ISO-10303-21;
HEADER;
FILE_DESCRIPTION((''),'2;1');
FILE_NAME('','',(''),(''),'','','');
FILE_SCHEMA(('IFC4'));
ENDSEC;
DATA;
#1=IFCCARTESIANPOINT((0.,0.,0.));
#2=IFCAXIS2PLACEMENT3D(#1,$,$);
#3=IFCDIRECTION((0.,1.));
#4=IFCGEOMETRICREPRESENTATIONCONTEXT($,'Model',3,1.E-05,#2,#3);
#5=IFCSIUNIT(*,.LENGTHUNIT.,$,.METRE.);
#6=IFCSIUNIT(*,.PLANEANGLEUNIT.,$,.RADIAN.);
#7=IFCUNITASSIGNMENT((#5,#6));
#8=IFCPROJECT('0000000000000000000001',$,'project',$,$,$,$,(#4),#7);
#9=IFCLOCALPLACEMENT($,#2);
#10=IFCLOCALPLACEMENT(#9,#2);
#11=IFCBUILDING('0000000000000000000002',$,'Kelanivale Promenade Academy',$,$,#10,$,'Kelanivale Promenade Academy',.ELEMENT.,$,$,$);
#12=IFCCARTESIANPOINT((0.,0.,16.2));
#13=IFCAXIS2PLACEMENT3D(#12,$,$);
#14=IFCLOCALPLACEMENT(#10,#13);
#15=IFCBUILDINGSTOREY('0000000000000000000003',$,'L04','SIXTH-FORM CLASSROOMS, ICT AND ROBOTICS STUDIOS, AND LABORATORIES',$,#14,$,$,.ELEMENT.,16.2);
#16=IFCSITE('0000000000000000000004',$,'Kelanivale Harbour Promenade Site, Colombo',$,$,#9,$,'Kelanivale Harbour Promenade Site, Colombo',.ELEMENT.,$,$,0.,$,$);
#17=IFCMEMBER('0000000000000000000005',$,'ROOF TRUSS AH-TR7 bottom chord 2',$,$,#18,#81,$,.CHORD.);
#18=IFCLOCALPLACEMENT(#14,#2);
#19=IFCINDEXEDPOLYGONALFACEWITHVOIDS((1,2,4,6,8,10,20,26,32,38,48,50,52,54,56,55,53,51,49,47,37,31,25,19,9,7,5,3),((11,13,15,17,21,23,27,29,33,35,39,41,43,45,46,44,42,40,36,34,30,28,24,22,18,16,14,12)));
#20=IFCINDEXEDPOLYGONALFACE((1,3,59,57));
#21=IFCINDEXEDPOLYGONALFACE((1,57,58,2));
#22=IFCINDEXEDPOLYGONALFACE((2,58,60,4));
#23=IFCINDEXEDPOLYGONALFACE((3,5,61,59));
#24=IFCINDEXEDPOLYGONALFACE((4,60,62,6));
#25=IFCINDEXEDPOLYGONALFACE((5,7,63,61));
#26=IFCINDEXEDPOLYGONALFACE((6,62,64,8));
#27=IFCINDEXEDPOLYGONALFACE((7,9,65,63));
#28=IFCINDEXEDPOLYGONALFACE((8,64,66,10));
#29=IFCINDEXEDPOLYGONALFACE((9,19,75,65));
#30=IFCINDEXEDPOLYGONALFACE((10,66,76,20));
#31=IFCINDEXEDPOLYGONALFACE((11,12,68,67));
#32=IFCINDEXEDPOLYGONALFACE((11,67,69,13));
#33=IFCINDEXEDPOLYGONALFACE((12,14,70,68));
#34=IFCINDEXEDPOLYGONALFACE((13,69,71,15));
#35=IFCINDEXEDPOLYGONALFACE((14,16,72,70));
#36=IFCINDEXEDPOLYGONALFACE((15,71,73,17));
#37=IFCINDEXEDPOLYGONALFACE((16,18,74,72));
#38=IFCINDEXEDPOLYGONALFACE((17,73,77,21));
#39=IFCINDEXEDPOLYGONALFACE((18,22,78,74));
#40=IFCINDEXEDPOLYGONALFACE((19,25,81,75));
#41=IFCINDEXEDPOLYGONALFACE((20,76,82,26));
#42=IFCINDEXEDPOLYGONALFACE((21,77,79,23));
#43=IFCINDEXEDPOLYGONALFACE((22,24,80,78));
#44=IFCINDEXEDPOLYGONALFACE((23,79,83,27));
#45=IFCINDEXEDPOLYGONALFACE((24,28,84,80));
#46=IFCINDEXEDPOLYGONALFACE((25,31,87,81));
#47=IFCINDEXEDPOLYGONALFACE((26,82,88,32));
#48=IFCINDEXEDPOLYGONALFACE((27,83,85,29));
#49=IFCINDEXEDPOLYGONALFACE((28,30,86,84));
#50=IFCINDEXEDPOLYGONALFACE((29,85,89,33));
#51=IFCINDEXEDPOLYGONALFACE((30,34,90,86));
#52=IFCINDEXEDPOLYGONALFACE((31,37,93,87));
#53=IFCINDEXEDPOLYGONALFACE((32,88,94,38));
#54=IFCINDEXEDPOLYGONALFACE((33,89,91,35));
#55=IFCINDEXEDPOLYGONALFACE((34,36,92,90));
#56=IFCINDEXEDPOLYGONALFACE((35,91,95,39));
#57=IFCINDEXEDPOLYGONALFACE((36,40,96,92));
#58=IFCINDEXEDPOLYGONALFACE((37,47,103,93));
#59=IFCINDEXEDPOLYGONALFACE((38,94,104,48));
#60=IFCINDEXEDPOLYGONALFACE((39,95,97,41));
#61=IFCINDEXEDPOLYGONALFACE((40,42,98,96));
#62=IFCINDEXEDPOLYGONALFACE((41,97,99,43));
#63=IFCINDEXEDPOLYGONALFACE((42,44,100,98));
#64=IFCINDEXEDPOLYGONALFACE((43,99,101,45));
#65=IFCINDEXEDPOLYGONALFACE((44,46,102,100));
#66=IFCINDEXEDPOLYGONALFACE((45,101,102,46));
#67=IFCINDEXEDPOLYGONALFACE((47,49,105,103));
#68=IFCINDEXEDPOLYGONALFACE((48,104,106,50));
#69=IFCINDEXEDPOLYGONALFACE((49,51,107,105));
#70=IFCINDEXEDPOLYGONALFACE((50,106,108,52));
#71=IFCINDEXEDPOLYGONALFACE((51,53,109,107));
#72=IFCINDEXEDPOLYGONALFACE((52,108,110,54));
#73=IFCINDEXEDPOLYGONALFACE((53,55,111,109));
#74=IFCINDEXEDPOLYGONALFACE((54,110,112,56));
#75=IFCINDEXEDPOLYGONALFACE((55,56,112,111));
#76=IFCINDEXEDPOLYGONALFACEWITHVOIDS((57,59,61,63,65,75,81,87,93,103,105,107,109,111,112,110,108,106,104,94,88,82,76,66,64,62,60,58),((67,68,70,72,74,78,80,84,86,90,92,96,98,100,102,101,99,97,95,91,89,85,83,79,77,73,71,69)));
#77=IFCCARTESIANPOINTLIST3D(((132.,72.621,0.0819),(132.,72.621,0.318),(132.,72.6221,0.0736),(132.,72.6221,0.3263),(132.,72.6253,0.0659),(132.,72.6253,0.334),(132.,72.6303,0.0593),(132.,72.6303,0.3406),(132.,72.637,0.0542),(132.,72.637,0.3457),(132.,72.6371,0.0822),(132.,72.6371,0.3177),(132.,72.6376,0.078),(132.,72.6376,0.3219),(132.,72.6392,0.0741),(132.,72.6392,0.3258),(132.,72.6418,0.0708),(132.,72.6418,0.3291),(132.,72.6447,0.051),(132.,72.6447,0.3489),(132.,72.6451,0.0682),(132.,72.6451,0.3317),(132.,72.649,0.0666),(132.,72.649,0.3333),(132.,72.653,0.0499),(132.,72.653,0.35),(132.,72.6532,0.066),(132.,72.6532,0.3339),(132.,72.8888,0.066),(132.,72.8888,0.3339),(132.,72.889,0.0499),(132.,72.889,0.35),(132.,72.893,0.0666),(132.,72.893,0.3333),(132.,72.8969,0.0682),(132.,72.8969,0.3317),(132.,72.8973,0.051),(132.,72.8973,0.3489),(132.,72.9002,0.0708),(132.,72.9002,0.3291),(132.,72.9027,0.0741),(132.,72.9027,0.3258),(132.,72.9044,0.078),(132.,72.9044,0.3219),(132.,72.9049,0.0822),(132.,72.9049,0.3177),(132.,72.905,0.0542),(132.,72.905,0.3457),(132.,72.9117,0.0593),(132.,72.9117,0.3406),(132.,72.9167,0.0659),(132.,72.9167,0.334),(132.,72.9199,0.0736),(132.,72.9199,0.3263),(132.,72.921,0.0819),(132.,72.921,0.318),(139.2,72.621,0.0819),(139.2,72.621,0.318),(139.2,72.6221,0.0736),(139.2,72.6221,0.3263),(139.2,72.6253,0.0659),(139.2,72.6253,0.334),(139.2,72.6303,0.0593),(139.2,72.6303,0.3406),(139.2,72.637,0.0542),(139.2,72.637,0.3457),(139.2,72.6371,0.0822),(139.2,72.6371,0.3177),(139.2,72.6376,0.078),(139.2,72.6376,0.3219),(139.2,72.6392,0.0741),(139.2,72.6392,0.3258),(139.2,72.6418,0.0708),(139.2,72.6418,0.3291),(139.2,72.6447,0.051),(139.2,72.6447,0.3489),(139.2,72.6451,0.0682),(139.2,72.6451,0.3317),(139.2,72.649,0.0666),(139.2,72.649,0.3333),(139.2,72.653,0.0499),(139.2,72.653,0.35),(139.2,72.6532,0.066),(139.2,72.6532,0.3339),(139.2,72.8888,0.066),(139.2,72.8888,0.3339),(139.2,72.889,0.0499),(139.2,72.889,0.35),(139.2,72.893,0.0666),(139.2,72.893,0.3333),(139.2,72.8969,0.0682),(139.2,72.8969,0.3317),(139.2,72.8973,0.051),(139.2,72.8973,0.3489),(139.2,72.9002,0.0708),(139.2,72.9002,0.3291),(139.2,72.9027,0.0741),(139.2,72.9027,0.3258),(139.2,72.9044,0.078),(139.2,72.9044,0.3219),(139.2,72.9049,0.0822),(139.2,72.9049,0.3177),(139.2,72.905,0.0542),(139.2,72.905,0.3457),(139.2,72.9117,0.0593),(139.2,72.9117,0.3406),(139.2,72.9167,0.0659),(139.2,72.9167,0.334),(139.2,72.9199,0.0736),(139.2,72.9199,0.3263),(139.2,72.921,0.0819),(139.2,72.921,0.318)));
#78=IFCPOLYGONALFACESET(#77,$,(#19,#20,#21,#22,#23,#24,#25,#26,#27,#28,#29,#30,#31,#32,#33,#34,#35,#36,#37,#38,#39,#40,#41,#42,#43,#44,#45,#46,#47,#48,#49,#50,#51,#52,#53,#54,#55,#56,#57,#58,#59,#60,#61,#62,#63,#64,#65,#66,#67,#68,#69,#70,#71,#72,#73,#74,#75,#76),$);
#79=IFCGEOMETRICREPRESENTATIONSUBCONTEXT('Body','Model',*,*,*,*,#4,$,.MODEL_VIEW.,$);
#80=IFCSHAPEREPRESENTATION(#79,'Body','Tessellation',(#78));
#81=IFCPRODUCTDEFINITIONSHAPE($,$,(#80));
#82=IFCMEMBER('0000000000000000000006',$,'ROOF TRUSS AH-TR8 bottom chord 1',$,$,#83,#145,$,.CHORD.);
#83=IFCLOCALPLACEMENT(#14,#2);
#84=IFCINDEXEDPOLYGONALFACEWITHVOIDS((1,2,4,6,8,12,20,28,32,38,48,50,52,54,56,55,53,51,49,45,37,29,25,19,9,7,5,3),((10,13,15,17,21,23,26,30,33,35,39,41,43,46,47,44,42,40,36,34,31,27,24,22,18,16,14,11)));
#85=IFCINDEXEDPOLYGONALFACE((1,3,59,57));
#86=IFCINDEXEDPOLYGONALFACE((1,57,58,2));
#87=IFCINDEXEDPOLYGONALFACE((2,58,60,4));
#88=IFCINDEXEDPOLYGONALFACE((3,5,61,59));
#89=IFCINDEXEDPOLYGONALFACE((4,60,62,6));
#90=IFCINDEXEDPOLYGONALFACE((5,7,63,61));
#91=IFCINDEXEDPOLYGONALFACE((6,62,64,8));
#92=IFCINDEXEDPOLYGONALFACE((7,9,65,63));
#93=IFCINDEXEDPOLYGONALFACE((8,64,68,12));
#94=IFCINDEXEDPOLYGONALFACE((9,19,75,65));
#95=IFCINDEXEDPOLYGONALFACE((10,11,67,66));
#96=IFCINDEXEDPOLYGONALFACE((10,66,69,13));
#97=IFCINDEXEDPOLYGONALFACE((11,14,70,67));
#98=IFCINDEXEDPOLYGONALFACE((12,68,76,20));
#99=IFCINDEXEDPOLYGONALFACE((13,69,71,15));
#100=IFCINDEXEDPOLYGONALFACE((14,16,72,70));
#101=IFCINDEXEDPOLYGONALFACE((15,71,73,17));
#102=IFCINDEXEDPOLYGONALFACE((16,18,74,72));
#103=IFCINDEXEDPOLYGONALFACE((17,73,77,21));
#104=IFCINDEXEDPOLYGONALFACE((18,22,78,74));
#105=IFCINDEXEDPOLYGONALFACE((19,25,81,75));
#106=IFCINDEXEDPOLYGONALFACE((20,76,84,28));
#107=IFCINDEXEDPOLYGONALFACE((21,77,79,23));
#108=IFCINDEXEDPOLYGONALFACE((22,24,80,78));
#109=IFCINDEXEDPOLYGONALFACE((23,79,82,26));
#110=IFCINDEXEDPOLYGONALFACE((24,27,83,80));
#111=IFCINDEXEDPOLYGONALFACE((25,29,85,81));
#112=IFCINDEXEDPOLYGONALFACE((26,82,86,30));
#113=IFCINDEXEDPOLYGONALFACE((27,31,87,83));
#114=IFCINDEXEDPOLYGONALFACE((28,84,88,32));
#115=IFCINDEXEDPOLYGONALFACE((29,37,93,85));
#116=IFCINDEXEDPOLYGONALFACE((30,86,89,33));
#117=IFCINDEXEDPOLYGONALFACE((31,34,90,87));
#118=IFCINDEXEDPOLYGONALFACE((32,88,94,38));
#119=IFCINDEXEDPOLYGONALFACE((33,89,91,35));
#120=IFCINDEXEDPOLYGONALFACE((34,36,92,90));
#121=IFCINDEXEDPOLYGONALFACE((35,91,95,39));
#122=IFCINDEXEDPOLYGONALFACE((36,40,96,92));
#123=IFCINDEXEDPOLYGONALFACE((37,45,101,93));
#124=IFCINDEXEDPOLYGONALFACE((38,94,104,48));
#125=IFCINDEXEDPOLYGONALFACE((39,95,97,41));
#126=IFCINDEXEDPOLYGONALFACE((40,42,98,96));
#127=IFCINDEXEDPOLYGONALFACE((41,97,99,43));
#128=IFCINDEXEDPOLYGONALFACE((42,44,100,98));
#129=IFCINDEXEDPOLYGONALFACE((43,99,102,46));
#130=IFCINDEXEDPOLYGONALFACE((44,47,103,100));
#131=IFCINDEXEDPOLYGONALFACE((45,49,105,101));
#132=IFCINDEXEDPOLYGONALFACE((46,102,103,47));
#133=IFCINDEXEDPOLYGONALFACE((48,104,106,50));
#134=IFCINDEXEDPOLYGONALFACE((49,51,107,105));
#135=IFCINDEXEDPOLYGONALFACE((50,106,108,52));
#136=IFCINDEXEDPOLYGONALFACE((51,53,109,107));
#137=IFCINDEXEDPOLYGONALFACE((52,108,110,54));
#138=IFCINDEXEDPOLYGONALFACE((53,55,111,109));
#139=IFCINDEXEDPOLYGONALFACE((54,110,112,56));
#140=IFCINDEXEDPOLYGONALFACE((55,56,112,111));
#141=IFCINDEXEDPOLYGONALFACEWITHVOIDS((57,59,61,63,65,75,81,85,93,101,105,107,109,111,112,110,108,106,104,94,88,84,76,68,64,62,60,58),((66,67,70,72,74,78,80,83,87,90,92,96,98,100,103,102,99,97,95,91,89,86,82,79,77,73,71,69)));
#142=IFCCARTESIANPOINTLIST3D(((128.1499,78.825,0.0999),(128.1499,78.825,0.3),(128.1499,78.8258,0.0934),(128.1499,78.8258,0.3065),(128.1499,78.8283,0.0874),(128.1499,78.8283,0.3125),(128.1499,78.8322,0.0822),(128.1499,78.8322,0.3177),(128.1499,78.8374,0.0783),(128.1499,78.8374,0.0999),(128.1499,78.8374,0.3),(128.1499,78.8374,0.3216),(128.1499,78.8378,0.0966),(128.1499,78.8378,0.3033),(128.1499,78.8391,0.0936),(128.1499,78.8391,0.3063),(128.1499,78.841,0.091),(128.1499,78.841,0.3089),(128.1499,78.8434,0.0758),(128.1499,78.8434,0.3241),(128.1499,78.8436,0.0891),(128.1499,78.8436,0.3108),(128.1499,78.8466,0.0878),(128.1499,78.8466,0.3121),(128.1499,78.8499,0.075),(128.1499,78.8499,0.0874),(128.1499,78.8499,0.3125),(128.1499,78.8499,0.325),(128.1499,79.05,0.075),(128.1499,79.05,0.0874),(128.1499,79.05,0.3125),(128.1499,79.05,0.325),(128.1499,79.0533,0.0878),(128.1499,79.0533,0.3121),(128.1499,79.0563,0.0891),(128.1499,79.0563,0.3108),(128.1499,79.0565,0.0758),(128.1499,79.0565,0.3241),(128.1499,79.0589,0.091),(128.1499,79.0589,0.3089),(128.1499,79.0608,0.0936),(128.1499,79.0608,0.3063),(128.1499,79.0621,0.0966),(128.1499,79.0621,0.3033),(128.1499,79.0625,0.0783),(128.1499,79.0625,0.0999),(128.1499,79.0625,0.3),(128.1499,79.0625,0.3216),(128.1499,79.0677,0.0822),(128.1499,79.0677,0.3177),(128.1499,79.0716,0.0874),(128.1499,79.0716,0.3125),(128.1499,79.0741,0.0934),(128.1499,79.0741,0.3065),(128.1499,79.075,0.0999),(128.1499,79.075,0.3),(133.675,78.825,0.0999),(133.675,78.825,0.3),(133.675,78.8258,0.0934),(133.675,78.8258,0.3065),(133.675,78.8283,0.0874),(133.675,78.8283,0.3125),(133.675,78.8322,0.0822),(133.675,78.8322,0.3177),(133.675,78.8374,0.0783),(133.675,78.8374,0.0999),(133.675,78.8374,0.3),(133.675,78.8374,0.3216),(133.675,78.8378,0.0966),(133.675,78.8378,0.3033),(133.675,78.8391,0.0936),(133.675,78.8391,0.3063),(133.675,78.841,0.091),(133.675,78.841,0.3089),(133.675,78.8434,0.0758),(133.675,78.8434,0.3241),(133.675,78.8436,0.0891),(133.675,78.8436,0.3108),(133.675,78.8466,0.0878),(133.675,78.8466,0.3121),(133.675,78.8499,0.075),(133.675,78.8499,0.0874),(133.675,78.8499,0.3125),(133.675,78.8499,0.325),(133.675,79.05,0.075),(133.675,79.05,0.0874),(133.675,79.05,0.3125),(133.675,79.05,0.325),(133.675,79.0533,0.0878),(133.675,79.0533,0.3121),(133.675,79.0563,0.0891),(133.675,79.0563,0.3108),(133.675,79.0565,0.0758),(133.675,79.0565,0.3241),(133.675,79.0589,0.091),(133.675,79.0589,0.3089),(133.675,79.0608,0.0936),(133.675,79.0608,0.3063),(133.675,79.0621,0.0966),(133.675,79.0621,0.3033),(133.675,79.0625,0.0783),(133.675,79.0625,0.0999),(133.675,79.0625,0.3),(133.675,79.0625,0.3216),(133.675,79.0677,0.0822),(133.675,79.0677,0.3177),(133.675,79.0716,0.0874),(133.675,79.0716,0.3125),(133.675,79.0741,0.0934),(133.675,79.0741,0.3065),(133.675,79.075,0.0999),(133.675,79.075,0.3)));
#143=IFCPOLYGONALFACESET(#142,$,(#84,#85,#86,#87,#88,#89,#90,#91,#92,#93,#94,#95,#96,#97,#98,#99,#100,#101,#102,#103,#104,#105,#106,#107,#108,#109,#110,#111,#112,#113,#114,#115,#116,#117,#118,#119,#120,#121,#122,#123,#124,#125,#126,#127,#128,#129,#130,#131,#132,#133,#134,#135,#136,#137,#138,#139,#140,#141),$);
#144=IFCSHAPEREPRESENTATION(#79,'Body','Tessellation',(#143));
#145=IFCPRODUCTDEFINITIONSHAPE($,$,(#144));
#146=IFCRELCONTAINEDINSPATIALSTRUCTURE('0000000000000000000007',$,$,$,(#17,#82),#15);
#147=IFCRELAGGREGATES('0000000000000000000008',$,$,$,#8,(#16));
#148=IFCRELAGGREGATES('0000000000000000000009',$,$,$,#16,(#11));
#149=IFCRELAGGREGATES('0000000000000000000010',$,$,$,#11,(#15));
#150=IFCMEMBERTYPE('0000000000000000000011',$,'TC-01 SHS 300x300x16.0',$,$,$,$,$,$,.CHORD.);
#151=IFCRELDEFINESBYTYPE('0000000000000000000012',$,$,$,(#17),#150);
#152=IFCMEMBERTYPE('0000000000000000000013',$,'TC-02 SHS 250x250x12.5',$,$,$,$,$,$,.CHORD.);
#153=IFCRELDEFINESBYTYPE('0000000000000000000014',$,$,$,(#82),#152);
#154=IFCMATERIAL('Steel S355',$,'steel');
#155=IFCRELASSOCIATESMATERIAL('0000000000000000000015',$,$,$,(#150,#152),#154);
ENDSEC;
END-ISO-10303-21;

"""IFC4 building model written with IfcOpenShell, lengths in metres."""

from ifc_helpers import new_model, si_unit, direction, frame, origin, origin_2d, place, context, subcontext, project, spatial, hollow_rectangle, extrude, material, material_profile, profile_set, type_object, element, save


model = new_model("IFC4")

# Units and contexts
model_context = context("Model", 3, precision=1e-05, world=origin(), true_north=direction((0.0, 1.0)))
body_context = subcontext(model_context, "Body", "Model", "MODEL_VIEW")
ifc_project = project(units=[si_unit("LENGTHUNIT", "METRE"), si_unit("PLANEANGLEUNIT", "RADIAN")], contexts=[model_context])

# Site, building, storey
site_placement = place(None, origin())
site = spatial("IfcSite", under=ifc_project, at=site_placement, Name="Kelanivale Harbour Promenade Site, Colombo", LongName="Kelanivale Harbour Promenade Site, Colombo", CompositionType="ELEMENT", RefElevation=0.0)
building_placement = place(site_placement, origin())
building = spatial("IfcBuilding", under=site, at=building_placement, Name="Kelanivale Promenade Academy", LongName="Kelanivale Promenade Academy", CompositionType="ELEMENT")
storey_placement = place(building_placement, frame((0.0, 0.0, 16.2)))
storey = spatial("IfcBuildingStorey", under=building, at=storey_placement, Name="L04", Description="SIXTH-FORM CLASSROOMS, ICT AND ROBOTICS STUDIOS, AND LABORATORIES", CompositionType="ELEMENT", Elevation=16.2)

# Members
ifc_material_1 = material(Name="Steel S355", Category="steel")
ifc_material_profile_1 = material_profile(ifc_material_1, hollow_rectangle(XDim=0.3, YDim=0.3, WallThickness=0.0161, InnerFilletRadius=0.0161, OuterFilletRadius=0.032, at=origin_2d()), Name="SHS 300x300x16.0")
ifc_profile_set_1 = profile_set([ifc_material_profile_1], Name="Steel S355")
member_type_1 = type_object("IfcMemberType", Name="TC-01 SHS 300x300x16.0", PredefinedType="CHORD", material=ifc_profile_set_1)
member_1_placement = place(storey_placement, frame((132.0, 72.771, 0.2), z_axis=(1.0, 0.0, 0.0), x_axis=(0.0, 1.0, 0.0)))
element("IfcMember", 1, at=member_1_placement, inside=storey, type_object=member_type_1, Name="ROOF TRUSS AH-TR7 bottom chord 2", PredefinedType="CHORD", context=body_context, shape_type="SweptSolid", body=[
    extrude(hollow_rectangle(XDim=0.3, YDim=0.3, WallThickness=0.0161, InnerFilletRadius=0.0161, OuterFilletRadius=0.032, at=origin_2d()), origin(), (0.0, 0.0, 1.0), 7.2),
])
ifc_material_profile_2 = material_profile(ifc_material_1, hollow_rectangle(XDim=0.25, YDim=0.25, WallThickness=0.0125, InnerFilletRadius=0.0125, OuterFilletRadius=0.0249, at=origin_2d()), Name="SHS 250x250x12.5")
ifc_profile_set_2 = profile_set([ifc_material_profile_2], Name="Steel S355")
member_type_2 = type_object("IfcMemberType", Name="TC-02 SHS 250x250x12.5", PredefinedType="CHORD", material=ifc_profile_set_2)
member_2_placement = place(storey_placement, frame((128.1499, 78.95, 0.2), z_axis=(1.0, 0.0, 0.0), x_axis=(0.0, 1.0, 0.0)))
element("IfcMember", 2, at=member_2_placement, inside=storey, type_object=member_type_2, Name="ROOF TRUSS AH-TR8 bottom chord 1", PredefinedType="CHORD", context=body_context, shape_type="SweptSolid", body=[
    extrude(hollow_rectangle(XDim=0.25, YDim=0.25, WallThickness=0.0125, InnerFilletRadius=0.0125, OuterFilletRadius=0.0249, at=origin_2d()), origin(), (0.0, 0.0, 1.0), 5.5251),
])

save(model, "model.ifc")
